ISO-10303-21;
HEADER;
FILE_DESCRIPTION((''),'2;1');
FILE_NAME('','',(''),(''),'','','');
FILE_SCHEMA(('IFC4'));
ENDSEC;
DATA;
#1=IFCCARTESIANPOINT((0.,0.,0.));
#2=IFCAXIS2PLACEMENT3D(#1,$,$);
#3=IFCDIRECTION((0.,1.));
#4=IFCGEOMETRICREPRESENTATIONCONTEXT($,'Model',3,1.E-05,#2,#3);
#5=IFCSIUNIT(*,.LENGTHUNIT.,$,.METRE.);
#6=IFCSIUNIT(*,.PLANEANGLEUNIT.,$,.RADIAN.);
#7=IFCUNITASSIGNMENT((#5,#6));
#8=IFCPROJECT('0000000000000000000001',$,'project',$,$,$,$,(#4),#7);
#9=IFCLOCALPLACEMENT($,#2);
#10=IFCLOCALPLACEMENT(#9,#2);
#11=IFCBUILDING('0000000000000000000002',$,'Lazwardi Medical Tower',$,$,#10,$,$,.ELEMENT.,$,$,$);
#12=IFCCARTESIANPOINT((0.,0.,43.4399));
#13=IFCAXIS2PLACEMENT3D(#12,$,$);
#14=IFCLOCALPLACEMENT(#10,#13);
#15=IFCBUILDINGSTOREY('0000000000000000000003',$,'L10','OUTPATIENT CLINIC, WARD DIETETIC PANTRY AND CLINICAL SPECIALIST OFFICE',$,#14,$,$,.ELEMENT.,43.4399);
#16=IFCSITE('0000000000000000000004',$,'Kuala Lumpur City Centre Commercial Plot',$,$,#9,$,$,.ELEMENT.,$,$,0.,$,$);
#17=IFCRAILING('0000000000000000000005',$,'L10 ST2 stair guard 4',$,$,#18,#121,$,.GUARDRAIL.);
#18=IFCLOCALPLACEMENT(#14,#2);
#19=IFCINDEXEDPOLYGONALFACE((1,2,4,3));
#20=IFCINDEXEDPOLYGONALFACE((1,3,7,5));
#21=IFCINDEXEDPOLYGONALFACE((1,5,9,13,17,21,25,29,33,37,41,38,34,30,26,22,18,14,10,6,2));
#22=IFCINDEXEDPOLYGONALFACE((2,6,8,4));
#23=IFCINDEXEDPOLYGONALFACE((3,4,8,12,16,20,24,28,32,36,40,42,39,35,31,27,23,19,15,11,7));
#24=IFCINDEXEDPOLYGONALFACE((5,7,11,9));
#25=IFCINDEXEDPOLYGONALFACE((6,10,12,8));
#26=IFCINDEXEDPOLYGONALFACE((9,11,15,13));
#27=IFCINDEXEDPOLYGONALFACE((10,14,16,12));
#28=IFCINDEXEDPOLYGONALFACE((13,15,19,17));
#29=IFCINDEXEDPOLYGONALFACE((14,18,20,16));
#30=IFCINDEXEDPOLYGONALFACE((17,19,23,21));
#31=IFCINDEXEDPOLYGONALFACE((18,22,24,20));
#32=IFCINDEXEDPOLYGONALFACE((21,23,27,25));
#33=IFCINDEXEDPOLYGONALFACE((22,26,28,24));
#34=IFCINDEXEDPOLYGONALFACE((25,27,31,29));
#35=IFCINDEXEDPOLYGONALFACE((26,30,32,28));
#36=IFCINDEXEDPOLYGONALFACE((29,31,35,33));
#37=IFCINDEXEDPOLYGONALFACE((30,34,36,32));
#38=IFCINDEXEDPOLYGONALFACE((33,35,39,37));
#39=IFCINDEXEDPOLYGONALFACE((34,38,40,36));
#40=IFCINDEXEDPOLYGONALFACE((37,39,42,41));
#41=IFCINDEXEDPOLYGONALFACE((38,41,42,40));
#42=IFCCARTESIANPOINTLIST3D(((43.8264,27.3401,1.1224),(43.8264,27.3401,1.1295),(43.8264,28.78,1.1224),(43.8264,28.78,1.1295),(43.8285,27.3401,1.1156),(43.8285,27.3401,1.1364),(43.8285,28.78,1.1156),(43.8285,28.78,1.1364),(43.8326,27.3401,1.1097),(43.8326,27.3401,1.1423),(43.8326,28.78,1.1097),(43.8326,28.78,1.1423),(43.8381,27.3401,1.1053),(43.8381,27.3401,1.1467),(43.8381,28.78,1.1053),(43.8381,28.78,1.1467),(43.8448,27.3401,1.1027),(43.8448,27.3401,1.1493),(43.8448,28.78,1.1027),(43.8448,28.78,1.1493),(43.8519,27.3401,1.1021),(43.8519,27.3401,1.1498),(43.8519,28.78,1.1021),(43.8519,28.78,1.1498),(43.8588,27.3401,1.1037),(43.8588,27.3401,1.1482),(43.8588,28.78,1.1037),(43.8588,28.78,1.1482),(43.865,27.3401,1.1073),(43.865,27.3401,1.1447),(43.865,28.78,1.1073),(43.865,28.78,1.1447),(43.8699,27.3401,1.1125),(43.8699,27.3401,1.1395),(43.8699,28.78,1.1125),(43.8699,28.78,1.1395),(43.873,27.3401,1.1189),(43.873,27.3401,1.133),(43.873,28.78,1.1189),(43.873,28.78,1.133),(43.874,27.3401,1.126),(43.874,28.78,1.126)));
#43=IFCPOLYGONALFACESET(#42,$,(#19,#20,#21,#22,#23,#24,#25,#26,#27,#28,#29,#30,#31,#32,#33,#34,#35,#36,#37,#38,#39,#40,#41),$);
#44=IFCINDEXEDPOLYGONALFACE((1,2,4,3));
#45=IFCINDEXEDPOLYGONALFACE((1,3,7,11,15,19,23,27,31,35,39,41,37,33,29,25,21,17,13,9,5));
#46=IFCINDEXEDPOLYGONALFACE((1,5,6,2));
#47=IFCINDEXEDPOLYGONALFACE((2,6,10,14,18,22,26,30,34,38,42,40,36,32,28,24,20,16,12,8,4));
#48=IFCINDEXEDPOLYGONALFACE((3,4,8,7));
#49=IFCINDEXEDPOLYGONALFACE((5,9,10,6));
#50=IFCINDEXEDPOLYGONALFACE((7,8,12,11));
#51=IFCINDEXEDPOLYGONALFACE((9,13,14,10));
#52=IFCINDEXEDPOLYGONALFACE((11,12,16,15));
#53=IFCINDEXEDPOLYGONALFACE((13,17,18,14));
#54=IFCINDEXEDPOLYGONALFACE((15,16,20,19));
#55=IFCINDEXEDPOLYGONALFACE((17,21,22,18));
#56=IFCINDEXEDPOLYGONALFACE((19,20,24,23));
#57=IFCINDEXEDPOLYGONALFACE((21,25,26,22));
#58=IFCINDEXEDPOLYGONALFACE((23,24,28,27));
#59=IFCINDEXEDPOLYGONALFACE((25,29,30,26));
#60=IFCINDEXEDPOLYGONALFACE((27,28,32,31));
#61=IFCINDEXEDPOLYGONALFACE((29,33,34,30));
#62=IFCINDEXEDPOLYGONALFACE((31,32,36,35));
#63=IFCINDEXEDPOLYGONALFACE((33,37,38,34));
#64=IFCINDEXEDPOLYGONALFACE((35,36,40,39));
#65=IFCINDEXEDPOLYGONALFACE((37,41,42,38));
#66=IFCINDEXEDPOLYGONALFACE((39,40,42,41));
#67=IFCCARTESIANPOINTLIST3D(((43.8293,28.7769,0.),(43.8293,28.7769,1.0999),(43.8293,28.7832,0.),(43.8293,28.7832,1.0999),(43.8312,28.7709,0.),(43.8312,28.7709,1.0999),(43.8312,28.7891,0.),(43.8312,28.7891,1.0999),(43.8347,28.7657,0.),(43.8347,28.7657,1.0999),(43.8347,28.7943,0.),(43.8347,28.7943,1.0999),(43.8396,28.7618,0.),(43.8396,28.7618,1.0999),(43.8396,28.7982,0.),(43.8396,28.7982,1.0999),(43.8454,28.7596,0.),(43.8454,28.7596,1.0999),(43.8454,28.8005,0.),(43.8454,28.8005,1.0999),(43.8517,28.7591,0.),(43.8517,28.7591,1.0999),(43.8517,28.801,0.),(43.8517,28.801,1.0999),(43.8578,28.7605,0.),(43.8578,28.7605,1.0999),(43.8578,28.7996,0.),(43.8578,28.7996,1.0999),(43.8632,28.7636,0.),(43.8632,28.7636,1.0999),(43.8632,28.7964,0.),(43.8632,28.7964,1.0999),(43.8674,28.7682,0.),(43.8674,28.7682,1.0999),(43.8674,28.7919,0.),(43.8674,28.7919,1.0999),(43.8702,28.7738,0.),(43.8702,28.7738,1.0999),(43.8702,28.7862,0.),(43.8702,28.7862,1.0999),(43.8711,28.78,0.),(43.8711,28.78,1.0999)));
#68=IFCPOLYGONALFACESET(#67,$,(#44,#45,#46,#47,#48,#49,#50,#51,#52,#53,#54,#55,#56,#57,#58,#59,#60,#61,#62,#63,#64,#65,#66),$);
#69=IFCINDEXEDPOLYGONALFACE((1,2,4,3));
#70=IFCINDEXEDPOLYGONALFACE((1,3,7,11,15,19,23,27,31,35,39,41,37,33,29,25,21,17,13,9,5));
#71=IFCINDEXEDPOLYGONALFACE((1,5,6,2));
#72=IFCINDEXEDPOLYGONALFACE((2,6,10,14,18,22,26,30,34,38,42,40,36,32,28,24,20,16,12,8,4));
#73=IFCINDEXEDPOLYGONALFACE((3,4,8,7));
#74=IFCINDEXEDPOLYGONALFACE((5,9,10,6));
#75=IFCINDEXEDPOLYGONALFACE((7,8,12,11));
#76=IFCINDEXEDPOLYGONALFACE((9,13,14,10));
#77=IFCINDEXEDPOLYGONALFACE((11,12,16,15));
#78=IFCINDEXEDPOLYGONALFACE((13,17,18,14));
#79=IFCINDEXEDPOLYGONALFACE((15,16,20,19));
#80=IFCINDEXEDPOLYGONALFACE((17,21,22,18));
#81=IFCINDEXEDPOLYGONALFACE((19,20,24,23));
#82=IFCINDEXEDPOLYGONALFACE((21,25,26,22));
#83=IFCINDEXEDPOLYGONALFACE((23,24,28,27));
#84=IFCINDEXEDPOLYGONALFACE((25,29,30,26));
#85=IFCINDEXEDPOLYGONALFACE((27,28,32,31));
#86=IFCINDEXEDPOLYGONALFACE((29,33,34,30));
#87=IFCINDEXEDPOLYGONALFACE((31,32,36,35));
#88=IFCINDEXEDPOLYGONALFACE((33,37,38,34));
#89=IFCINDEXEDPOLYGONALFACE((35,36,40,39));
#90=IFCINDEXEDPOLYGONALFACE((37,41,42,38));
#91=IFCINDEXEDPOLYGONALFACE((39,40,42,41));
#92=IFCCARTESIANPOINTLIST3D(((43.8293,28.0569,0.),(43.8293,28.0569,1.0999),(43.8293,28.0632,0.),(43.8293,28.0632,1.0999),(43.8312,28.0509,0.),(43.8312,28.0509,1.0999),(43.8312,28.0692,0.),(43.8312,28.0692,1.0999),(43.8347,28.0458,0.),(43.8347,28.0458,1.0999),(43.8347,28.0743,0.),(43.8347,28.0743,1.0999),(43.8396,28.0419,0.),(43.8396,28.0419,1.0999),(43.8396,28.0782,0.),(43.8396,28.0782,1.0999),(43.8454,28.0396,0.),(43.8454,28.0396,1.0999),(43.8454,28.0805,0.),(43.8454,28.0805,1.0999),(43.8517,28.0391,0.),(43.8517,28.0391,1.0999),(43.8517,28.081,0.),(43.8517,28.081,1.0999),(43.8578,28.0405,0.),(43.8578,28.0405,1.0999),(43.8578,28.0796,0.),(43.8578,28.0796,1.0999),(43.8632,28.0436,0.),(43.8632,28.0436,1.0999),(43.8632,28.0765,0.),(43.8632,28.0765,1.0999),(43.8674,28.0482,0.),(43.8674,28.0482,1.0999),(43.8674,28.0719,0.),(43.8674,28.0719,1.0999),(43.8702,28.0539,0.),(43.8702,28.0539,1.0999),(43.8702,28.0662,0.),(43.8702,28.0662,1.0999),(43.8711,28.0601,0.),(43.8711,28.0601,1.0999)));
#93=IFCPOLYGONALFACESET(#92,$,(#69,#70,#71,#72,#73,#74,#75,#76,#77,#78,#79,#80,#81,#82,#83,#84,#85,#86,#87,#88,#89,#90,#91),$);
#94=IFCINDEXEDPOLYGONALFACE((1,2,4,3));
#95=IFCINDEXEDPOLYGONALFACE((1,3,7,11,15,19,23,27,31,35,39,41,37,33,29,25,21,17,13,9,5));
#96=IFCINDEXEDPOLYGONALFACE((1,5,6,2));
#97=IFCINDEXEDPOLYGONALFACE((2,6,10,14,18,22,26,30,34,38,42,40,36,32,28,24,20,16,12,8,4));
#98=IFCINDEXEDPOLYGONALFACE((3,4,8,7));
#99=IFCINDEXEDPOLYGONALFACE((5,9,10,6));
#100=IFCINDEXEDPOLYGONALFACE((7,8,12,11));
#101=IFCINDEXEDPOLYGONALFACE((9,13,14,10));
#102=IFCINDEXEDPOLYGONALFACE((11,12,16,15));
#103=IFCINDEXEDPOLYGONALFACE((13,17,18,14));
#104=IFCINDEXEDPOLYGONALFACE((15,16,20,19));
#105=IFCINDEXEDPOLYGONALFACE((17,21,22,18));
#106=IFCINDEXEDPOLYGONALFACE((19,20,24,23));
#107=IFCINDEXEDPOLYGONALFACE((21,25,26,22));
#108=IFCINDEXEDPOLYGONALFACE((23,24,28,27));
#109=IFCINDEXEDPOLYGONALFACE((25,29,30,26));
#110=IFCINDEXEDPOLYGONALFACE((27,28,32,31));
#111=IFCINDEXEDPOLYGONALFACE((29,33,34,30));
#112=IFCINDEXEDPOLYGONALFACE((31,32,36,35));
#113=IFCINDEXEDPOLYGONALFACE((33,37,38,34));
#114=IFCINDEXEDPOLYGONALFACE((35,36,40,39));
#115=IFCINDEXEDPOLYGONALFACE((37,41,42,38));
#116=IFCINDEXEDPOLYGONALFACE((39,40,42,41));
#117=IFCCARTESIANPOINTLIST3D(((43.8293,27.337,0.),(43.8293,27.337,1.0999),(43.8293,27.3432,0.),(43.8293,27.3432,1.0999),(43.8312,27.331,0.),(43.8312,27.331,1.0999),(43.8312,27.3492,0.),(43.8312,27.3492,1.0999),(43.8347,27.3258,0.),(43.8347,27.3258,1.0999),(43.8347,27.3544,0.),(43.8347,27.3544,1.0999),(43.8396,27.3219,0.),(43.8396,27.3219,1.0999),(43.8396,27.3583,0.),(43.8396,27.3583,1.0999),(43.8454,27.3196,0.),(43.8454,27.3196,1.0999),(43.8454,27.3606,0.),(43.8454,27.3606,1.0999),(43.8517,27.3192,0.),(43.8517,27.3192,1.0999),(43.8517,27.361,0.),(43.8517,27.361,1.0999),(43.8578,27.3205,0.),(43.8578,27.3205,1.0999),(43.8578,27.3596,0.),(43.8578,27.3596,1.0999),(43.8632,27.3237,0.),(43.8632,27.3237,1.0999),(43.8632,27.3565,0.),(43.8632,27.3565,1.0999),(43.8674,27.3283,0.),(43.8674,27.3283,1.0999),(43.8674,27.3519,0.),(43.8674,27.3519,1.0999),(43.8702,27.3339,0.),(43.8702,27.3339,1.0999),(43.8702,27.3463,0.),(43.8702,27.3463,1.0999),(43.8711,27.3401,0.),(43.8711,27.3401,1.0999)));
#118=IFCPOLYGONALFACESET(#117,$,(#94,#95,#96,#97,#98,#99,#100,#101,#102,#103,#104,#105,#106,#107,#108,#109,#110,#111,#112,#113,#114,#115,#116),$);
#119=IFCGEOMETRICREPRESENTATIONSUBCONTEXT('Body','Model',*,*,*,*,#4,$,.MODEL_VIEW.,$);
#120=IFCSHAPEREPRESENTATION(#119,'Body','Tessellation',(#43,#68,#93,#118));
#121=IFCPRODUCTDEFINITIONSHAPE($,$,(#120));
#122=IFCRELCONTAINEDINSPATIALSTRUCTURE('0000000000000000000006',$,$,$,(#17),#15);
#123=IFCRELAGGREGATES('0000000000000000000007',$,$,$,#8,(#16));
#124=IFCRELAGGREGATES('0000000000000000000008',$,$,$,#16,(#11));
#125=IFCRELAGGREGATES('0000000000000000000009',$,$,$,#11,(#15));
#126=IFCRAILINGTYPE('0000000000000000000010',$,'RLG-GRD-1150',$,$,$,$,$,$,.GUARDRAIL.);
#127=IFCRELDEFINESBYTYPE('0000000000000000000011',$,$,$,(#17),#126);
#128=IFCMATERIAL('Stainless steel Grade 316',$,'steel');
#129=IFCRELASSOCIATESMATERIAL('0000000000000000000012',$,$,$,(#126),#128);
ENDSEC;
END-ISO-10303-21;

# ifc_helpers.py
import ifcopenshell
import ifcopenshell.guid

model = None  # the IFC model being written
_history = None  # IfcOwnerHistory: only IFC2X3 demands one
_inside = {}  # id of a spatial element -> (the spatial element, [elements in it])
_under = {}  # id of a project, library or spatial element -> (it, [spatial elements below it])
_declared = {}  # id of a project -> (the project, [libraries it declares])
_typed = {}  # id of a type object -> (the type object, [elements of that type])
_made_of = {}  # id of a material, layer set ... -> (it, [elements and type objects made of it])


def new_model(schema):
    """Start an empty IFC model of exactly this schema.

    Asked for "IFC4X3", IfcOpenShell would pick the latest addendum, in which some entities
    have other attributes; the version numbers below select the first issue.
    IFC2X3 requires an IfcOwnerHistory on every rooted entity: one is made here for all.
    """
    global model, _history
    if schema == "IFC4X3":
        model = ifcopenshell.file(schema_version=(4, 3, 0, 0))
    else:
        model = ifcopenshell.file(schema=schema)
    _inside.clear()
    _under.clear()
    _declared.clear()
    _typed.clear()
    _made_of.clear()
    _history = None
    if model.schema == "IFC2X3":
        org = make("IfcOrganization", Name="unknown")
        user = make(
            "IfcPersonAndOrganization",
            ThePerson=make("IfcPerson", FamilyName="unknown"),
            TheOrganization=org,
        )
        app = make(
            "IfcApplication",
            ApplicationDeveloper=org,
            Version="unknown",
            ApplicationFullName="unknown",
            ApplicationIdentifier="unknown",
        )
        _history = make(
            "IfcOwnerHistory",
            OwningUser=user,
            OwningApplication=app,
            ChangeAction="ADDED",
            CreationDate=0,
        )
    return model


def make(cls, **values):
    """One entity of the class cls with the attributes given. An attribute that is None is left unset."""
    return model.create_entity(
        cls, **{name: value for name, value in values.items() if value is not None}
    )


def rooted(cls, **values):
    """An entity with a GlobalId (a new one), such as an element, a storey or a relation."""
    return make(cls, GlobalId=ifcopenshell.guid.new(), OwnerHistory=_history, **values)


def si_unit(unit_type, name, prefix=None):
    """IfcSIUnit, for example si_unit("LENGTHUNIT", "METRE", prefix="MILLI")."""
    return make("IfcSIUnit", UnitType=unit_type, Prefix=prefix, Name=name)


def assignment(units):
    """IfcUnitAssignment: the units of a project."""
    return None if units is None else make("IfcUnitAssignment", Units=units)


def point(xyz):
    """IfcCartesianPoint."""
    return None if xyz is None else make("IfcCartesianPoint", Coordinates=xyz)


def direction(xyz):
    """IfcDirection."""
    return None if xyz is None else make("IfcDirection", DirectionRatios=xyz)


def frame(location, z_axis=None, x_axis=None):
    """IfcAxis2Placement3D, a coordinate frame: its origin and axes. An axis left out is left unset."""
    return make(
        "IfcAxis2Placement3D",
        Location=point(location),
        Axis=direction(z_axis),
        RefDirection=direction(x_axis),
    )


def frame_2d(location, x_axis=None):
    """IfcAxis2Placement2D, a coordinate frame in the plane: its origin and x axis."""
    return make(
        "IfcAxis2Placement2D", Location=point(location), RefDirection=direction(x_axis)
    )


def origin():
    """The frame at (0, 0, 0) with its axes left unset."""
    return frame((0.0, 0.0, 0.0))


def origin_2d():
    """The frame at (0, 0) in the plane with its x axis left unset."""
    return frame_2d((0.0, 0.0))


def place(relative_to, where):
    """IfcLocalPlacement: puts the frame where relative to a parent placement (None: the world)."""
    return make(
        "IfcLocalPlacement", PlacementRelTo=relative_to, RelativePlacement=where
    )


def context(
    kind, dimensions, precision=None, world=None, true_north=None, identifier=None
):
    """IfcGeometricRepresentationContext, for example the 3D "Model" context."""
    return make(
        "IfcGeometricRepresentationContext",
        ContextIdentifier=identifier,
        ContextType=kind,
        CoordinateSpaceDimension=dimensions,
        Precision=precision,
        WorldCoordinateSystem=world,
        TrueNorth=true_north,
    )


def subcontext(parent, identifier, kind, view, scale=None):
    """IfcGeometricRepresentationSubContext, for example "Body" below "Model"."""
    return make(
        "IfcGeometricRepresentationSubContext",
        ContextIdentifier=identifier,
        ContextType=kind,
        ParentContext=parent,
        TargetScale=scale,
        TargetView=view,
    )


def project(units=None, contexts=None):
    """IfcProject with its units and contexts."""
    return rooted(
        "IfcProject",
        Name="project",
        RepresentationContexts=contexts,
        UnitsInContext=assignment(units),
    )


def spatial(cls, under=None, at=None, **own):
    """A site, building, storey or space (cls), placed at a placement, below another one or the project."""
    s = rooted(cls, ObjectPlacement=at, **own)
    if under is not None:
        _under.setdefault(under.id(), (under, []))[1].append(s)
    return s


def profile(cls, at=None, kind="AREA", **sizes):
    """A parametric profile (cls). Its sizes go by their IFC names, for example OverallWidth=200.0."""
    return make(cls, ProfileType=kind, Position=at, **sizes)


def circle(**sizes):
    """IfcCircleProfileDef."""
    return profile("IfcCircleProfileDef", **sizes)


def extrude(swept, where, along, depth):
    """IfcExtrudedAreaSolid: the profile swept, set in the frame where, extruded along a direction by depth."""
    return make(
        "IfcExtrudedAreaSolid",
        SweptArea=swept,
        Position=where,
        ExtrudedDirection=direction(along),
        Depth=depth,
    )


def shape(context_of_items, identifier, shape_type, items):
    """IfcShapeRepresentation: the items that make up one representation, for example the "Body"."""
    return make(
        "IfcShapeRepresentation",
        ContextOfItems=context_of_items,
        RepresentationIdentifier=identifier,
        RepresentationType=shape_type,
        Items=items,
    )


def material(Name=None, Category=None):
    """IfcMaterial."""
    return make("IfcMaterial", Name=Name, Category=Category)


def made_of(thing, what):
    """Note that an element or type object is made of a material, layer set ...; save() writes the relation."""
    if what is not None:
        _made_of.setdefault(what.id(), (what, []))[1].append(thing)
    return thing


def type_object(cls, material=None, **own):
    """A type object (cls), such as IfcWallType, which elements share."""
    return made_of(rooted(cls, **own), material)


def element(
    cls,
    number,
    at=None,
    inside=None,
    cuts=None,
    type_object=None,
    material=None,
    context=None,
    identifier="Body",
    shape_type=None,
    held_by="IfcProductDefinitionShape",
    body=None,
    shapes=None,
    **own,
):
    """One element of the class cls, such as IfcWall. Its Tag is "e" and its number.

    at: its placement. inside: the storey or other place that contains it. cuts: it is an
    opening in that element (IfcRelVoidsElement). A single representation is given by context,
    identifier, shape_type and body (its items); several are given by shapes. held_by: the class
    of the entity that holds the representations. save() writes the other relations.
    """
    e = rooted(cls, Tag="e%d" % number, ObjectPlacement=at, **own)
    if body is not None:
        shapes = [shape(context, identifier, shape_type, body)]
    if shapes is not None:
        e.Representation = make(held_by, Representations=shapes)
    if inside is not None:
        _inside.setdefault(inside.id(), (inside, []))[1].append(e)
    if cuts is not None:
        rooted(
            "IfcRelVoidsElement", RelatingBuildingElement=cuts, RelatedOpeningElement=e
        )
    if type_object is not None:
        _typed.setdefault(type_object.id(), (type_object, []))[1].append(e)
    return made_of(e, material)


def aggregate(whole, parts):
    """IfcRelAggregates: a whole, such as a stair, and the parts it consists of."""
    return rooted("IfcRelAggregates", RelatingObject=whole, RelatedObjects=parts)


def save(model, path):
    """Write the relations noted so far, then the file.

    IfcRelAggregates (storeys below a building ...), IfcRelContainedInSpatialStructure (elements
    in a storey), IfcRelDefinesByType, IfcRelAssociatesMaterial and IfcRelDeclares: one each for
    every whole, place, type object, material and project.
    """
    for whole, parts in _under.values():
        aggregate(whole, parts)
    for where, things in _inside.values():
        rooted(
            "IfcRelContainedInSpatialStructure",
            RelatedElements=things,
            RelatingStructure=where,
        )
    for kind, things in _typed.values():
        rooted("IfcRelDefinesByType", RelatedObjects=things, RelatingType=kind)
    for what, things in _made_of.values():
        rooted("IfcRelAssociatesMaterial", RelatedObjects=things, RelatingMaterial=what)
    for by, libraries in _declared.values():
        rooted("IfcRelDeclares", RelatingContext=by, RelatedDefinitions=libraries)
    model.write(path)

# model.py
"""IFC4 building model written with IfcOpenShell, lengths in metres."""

from ifc_helpers import new_model, si_unit, direction, frame, origin, origin_2d, place, context, subcontext, project, spatial, circle, extrude, material, type_object, element, save


model = new_model("IFC4")

# Units and contexts
model_context = context("Model", 3, precision=1e-05, world=origin(), true_north=direction((0.0, 1.0)))
body_context = subcontext(model_context, "Body", "Model", "MODEL_VIEW")
ifc_project = project(units=[si_unit("LENGTHUNIT", "METRE"), si_unit("PLANEANGLEUNIT", "RADIAN")], contexts=[model_context])

# Site, building, storey
site_placement = place(None, origin())
site = spatial("IfcSite", under=ifc_project, at=site_placement, Name="Kuala Lumpur City Centre Commercial Plot", CompositionType="ELEMENT", RefElevation=0.0)
building_placement = place(site_placement, origin())
building = spatial("IfcBuilding", under=site, at=building_placement, Name="Lazwardi Medical Tower", CompositionType="ELEMENT")
storey_placement = place(building_placement, frame((0.0, 0.0, 43.4399)))
storey = spatial("IfcBuildingStorey", under=building, at=storey_placement, Name="L10", Description="OUTPATIENT CLINIC, WARD DIETETIC PANTRY AND CLINICAL SPECIALIST OFFICE", CompositionType="ELEMENT", Elevation=43.4399)

# Railing
ifc_material_1 = material(Name="Stainless steel Grade 316", Category="steel")
railing_type_1 = type_object("IfcRailingType", Name="RLG-GRD-1150", PredefinedType="GUARDRAIL", material=ifc_material_1)
railing_1_placement = place(storey_placement, frame((43.8501, 28.78, 0.0)))
element("IfcRailing", 1, at=railing_1_placement, inside=storey, type_object=railing_type_1, Name="L10 ST2 stair guard 4", PredefinedType="GUARDRAIL", context=body_context, shape_type="SweptSolid", body=[
    extrude(circle(Radius=0.0239, at=origin_2d()), frame((0.0, 0.0, 1.126), z_axis=(0.0, -1.0, 0.0), x_axis=(1.0, 0.0, 0.0)), (0.0, 0.0, 1.0), 1.4399),
    extrude(circle(Radius=0.021, at=origin_2d()), origin(), (0.0, 0.0, 1.0), 1.0999),
    extrude(circle(Radius=0.021, at=origin_2d()), frame((0.0, -0.72, 0.0)), (0.0, 0.0, 1.0), 1.0999),
    extrude(circle(Radius=0.021, at=origin_2d()), frame((0.0, -1.4399, 0.0)), (0.0, 0.0, 1.0), 1.0999),
])

save(model, "model.ifc")
